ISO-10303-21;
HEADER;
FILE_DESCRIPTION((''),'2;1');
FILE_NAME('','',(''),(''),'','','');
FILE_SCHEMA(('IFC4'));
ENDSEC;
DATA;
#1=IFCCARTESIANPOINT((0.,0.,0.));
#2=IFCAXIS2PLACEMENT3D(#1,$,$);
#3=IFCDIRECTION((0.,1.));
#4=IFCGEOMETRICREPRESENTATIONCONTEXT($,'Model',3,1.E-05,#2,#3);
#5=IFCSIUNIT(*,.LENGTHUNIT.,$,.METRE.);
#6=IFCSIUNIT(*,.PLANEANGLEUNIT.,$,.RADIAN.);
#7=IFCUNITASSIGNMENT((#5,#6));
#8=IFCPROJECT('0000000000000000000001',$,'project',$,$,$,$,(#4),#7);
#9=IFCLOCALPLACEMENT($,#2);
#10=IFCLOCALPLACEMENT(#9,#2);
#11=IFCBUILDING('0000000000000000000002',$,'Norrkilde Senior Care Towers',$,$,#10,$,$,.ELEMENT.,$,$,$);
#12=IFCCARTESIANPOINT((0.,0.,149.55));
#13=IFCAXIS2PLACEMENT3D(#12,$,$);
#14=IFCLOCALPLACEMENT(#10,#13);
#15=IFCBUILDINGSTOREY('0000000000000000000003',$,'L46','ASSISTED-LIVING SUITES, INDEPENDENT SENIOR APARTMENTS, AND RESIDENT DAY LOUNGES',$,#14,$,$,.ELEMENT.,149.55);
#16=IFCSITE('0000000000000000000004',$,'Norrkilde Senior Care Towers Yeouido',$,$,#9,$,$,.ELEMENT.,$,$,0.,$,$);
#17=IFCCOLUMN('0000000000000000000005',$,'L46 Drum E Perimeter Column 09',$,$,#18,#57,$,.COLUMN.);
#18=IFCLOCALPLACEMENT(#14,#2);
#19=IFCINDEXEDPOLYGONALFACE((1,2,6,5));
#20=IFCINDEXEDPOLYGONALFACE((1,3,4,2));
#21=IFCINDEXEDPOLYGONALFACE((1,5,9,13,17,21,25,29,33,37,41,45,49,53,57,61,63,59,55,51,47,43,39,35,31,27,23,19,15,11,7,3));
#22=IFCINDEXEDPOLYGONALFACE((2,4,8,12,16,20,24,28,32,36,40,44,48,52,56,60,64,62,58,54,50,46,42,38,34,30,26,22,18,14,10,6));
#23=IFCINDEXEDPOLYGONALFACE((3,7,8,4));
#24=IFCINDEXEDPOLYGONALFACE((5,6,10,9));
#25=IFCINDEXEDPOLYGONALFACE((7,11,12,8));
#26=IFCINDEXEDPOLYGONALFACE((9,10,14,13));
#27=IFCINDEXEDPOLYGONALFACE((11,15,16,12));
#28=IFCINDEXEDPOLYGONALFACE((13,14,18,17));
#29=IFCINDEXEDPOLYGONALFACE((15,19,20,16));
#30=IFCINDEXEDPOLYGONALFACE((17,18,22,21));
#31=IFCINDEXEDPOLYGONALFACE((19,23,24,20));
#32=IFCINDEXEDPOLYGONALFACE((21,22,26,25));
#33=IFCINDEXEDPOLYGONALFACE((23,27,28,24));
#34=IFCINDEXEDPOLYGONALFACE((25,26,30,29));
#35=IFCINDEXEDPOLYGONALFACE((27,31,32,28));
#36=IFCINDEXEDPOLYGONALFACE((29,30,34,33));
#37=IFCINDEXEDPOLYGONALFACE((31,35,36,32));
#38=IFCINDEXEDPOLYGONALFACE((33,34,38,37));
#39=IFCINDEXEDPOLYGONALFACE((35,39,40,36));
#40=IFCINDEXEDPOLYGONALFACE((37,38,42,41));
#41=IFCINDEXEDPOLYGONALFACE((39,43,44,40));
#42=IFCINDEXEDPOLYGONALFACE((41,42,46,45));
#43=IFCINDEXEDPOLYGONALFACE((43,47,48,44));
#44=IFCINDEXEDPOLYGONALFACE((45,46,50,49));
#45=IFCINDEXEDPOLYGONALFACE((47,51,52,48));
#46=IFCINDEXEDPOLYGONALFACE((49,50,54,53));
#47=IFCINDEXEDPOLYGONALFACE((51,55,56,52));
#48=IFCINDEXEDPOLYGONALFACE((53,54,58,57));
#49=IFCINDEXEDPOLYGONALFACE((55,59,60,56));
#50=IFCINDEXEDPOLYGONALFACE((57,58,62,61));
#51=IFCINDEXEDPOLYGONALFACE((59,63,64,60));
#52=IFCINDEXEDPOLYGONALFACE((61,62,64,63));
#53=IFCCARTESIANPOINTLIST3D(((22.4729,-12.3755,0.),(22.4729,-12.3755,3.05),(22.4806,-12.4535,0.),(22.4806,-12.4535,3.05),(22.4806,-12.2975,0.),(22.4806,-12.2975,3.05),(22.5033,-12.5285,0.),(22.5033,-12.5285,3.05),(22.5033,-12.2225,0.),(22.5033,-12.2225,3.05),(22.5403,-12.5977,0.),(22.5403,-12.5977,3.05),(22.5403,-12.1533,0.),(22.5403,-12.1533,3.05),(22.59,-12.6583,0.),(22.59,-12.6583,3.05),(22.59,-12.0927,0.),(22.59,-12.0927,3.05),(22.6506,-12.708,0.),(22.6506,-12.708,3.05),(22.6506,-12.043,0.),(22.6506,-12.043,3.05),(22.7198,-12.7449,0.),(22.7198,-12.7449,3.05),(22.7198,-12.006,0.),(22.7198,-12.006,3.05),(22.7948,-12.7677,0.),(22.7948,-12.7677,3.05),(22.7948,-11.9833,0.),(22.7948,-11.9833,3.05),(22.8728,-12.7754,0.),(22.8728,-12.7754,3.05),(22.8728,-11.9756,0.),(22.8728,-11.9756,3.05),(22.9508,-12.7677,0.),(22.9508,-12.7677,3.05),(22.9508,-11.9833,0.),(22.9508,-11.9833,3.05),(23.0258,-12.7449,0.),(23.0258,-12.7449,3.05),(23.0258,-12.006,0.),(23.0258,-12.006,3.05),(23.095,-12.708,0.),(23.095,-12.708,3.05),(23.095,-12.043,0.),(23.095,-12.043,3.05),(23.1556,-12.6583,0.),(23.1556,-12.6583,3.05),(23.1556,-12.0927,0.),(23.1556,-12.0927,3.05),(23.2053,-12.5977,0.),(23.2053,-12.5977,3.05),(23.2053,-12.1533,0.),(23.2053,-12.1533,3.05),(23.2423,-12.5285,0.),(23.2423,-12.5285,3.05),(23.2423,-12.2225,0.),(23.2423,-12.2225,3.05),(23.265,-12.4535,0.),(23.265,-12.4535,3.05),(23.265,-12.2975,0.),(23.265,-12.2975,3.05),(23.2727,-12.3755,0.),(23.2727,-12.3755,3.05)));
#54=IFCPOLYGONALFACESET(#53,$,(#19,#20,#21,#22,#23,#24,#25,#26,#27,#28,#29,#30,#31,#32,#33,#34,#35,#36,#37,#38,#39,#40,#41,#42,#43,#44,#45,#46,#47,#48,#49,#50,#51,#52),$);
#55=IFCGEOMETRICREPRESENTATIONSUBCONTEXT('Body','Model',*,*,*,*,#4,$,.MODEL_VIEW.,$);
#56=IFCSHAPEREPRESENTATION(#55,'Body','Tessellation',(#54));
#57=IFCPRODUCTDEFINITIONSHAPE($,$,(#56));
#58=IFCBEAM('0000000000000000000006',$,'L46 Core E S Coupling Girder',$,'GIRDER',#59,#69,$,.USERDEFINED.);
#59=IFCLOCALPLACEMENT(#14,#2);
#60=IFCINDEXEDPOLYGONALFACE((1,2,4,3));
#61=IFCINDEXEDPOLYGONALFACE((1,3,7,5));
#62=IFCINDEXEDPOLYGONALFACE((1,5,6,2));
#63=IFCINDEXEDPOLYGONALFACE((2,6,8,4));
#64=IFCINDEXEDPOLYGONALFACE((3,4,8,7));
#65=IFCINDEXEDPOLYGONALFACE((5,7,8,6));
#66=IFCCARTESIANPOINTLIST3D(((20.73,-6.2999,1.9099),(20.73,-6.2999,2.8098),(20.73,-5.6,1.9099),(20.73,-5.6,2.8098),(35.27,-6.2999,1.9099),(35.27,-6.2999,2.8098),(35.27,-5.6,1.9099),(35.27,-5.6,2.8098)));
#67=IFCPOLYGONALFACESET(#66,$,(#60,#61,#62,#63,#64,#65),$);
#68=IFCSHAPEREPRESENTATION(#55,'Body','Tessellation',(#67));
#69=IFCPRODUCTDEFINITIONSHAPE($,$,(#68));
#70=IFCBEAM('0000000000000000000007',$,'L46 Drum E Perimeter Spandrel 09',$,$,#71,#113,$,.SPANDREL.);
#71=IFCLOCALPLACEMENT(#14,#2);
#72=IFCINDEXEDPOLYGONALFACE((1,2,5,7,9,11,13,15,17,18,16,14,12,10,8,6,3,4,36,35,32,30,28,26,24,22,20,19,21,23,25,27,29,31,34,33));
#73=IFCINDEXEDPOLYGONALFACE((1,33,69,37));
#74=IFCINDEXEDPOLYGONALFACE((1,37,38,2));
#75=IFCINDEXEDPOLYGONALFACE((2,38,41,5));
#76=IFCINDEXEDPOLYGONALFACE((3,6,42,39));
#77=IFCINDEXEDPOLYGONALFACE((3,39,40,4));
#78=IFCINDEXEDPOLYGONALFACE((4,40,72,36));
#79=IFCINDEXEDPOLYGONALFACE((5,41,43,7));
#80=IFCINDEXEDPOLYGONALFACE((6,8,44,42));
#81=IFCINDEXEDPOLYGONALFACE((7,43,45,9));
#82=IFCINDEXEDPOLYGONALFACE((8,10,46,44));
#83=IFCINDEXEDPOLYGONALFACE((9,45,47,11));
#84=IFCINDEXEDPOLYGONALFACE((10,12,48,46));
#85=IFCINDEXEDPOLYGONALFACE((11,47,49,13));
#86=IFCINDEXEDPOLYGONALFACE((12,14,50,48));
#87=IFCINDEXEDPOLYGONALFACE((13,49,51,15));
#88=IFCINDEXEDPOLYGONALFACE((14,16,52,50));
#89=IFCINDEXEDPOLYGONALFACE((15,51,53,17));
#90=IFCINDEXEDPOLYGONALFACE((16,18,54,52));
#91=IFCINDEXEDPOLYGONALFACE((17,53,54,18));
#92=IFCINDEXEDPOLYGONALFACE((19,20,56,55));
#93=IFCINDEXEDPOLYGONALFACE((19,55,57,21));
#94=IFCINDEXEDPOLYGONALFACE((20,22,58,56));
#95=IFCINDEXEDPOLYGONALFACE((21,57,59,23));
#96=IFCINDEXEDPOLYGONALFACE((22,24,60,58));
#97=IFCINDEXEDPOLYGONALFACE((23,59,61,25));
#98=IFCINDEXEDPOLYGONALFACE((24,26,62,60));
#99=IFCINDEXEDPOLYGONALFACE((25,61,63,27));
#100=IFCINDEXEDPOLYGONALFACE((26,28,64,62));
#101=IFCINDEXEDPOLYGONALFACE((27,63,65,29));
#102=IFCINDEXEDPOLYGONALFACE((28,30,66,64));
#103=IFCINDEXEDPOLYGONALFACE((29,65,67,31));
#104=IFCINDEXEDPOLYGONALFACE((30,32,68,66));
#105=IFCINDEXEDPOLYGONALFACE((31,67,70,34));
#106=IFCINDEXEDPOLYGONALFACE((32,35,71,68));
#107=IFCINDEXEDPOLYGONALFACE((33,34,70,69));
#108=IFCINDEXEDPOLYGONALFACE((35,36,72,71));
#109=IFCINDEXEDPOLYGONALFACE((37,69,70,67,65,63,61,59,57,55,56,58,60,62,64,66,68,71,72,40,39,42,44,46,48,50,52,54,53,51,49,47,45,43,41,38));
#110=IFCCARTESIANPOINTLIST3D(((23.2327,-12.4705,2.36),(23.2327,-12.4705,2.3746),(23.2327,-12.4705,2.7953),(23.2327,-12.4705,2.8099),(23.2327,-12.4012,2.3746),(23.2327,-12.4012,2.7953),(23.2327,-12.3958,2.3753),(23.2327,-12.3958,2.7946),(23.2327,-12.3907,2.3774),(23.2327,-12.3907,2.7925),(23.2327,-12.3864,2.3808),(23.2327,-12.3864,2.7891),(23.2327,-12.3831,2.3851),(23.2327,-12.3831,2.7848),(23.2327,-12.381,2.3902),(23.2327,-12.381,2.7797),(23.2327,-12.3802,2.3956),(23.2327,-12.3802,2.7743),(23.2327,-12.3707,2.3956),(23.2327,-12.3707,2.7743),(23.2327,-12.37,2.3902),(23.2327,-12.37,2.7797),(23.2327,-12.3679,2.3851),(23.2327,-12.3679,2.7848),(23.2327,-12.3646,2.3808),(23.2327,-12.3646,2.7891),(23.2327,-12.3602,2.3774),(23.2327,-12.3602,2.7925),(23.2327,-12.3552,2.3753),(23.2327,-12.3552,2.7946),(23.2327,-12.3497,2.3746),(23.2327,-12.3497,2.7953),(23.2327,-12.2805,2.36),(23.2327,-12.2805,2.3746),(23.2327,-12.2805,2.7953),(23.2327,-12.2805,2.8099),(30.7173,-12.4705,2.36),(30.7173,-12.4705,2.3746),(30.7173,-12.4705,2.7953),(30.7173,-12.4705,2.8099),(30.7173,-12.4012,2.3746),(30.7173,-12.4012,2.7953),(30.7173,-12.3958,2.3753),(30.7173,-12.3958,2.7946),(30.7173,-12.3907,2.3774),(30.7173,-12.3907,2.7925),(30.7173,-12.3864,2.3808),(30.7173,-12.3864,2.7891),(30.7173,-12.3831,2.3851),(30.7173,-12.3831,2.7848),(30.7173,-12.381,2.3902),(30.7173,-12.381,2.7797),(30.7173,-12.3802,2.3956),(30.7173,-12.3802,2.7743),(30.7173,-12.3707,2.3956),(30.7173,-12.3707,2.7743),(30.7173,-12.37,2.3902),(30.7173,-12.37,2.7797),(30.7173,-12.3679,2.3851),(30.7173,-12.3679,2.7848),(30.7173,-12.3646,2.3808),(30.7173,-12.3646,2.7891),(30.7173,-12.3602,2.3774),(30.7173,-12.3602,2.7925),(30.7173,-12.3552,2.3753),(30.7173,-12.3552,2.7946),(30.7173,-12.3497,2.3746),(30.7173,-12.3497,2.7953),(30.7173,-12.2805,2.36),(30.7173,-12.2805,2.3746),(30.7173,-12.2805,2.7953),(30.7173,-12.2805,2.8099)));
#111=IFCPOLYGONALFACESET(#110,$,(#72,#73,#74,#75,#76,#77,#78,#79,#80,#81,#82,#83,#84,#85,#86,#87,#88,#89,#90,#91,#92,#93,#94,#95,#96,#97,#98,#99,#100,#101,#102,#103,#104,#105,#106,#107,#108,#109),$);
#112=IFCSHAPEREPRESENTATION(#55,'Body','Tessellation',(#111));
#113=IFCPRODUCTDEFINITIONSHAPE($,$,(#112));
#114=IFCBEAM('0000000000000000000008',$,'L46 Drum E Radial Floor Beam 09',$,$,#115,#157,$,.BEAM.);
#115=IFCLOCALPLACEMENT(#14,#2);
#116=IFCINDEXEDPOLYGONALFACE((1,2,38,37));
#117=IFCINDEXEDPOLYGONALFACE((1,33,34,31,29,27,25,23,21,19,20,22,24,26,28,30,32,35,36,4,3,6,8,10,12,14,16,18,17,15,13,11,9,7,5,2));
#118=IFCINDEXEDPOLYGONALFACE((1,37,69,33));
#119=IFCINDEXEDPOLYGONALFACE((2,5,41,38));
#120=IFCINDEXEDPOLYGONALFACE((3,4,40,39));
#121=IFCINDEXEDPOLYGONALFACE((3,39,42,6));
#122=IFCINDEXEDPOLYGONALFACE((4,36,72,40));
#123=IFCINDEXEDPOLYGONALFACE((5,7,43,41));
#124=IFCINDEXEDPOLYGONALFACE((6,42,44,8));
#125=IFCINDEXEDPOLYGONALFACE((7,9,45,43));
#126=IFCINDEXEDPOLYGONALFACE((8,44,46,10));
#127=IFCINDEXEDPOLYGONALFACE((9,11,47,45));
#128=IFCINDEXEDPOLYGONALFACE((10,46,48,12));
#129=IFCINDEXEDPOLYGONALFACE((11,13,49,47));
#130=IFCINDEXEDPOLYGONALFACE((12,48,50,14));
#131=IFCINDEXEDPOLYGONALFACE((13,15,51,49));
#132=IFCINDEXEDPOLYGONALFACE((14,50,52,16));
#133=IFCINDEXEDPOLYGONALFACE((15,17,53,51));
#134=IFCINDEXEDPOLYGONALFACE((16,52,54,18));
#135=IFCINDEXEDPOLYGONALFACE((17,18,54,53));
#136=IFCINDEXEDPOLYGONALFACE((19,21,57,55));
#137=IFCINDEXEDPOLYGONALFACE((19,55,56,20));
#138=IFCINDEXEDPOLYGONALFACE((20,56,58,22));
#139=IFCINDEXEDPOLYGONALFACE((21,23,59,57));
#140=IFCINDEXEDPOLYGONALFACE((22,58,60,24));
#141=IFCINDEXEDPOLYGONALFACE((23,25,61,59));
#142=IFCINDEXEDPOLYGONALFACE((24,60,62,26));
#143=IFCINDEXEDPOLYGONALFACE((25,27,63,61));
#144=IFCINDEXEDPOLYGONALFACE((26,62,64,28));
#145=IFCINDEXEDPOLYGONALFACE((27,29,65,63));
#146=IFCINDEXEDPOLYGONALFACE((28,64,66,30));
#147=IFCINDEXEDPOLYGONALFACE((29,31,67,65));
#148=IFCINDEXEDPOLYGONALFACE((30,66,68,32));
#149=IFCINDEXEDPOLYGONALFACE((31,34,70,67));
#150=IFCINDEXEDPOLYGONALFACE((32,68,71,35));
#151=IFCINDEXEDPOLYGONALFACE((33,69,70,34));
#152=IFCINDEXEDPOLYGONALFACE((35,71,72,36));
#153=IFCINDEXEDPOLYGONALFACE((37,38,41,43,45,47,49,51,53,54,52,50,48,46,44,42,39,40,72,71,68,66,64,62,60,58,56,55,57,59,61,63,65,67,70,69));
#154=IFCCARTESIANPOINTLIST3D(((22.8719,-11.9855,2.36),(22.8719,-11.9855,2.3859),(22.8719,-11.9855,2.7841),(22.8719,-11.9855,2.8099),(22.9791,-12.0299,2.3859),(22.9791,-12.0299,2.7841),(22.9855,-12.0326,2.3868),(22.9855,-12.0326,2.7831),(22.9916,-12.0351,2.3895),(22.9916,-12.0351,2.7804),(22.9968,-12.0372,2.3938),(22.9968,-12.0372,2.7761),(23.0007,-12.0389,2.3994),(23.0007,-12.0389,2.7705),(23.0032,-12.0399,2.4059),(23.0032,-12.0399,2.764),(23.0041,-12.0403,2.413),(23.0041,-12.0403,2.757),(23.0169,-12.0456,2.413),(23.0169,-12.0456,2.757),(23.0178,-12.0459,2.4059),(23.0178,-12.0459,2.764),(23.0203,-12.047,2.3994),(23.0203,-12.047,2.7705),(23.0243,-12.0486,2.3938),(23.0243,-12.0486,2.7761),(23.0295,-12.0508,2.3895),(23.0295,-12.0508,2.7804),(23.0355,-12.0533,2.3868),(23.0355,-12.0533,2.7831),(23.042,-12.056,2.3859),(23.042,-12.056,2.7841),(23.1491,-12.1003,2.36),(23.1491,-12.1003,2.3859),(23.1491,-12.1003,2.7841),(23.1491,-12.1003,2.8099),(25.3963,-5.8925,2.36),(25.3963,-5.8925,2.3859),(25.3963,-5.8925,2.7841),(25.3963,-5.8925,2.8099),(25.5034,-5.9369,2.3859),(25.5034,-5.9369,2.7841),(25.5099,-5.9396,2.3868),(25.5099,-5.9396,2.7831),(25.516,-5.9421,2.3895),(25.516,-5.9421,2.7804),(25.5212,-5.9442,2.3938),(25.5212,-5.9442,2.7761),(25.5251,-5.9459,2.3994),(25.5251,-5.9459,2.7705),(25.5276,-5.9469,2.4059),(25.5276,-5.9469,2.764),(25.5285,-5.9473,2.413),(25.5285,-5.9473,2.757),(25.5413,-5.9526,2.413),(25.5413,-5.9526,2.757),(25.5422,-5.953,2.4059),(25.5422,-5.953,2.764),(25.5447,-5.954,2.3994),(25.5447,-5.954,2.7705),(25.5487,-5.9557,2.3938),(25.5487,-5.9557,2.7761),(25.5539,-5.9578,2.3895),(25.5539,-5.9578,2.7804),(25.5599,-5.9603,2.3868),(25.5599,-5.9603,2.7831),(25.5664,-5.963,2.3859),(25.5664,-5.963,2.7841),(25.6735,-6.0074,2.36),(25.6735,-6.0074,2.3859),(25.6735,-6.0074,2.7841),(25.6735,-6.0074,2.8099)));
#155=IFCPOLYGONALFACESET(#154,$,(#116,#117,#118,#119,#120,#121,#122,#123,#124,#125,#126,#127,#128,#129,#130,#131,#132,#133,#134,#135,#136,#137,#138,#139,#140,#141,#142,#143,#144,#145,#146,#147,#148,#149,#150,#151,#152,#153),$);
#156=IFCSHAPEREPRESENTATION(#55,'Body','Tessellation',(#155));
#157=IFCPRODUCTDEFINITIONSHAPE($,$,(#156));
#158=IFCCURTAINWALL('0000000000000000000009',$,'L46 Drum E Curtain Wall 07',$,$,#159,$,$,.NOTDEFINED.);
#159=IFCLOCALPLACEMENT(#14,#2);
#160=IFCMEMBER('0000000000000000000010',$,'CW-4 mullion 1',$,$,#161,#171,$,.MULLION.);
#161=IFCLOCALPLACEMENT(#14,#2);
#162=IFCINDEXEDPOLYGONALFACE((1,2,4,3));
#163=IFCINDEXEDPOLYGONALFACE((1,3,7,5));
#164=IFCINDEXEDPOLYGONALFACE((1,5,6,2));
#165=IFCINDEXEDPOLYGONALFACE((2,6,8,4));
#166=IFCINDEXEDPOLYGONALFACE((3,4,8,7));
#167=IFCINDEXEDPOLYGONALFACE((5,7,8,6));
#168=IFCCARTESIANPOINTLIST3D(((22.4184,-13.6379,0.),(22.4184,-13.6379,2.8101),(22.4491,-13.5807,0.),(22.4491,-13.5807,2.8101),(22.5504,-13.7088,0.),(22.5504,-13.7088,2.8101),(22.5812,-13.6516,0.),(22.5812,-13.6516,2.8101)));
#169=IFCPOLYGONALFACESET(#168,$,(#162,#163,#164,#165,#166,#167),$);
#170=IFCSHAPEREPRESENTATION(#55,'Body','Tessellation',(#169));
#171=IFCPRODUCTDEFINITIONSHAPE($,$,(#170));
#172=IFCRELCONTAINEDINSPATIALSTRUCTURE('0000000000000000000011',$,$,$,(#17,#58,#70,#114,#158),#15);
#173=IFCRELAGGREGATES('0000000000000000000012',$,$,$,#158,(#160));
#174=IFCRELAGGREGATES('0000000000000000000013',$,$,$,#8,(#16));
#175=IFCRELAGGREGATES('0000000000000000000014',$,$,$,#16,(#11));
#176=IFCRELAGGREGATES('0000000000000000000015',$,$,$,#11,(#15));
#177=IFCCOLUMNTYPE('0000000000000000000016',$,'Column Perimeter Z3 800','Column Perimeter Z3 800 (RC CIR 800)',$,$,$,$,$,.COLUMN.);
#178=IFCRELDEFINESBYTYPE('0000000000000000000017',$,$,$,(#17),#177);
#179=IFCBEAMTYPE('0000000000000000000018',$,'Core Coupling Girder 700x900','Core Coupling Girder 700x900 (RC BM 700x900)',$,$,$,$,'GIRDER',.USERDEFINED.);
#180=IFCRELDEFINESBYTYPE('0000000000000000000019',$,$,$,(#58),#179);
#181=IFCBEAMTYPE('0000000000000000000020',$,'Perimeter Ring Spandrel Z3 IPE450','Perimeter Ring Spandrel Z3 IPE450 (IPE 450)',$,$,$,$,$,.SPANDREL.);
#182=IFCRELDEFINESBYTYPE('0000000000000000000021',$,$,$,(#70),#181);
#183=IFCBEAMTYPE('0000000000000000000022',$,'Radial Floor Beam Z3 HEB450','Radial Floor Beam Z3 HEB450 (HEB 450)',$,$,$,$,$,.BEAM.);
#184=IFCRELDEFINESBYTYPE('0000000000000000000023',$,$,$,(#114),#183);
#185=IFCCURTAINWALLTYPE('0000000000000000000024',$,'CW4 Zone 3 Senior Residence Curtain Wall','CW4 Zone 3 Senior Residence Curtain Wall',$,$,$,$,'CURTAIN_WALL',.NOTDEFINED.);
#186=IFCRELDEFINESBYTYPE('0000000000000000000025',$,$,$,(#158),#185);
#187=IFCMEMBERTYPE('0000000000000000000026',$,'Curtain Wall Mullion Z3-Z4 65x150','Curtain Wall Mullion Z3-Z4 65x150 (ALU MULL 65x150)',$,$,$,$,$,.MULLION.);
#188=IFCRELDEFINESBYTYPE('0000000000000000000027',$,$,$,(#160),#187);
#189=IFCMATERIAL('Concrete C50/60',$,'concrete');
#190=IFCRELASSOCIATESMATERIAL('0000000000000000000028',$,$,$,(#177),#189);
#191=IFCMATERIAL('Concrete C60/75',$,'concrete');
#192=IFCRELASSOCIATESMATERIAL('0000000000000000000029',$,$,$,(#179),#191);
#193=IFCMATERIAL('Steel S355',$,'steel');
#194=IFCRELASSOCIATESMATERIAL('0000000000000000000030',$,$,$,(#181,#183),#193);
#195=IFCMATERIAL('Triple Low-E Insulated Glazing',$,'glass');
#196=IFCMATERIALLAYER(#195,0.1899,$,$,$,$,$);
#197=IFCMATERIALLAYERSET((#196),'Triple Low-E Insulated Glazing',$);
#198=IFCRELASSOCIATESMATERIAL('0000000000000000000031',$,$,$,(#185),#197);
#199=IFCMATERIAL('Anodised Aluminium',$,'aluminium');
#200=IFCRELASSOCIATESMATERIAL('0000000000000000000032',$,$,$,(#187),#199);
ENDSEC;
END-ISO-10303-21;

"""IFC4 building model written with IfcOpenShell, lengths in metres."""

from ifc_helpers import new_model, si_unit, direction, frame, origin, origin_2d, place, context, subcontext, project, spatial, rectangle, circle, i_section, extrude, source, transform, mapped, material, layer, layer_set, material_profile, profile_set, type_object, type_shapes, element, aggregate, save


model = new_model("IFC4")

# Units and contexts
model_context = context("Model", 3, precision=1e-05, world=origin(), true_north=direction((0.0, 1.0)))
body_context = subcontext(model_context, "Body", "Model", "MODEL_VIEW")
ifc_project = project(units=[si_unit("LENGTHUNIT", "METRE"), si_unit("PLANEANGLEUNIT", "RADIAN")], contexts=[model_context])

# Site, building, storey
site_placement = place(None, origin())
site = spatial("IfcSite", under=ifc_project, at=site_placement, Name="Norrkilde Senior Care Towers Yeouido", CompositionType="ELEMENT", RefElevation=0.0)
building_placement = place(site_placement, origin())
building = spatial("IfcBuilding", under=site, at=building_placement, Name="Norrkilde Senior Care Towers", CompositionType="ELEMENT")
storey_placement = place(building_placement, frame((0.0, 0.0, 149.55)))
storey = spatial("IfcBuildingStorey", under=building, at=storey_placement, Name="L46", Description="ASSISTED-LIVING SUITES, INDEPENDENT SENIOR APARTMENTS, AND RESIDENT DAY LOUNGES", CompositionType="ELEMENT", Elevation=149.55)

# Column
ifc_material_1 = material(Name="Concrete C50/60", Category="concrete")
ifc_material_profile_1 = material_profile(ifc_material_1, circle(Radius=0.3999, at=origin_2d()), Name="RC CIR 800")
ifc_profile_set_1 = profile_set([ifc_material_profile_1], Name="Concrete C50/60")
column_type = type_object("IfcColumnType", Name="Column Perimeter Z3 800", Description="Column Perimeter Z3 800 (RC CIR 800)", PredefinedType="COLUMN", material=ifc_profile_set_1)
shared_shape_1 = source(origin(), body_context, "Body", "SweptSolid", [
    extrude(circle(Radius=0.3999, at=origin_2d()), origin(), (0.0, 0.0, 1.0), 3.05),
])
type_shapes(column_type, [shared_shape_1])
column_placement = place(storey_placement, frame((22.8728, -12.3755, 0.0), z_axis=(0.0, 0.0, 1.0), x_axis=(1.0, 0.0, 0.0)))
element("IfcColumn", 1, at=column_placement, inside=storey, type_object=column_type, Name="L46 Drum E Perimeter Column 09", PredefinedType="COLUMN", context=body_context, shape_type="MappedRepresentation", body=[
    mapped(shared_shape_1, transform((0.0, 0.0, 0.0), x_axis=(1.0, 0.0, 0.0), y_axis=(0.0, 1.0, 0.0), z_axis=(0.0, 0.0, 1.0), scale=1.0)),
])

# Beams
ifc_material_2 = material(Name="Concrete C60/75", Category="concrete")
ifc_material_profile_2 = material_profile(ifc_material_2, rectangle(XDim=0.7, YDim=0.8999, at=origin_2d()), Name="RC BM 700x900")
ifc_profile_set_2 = profile_set([ifc_material_profile_2], Name="Concrete C60/75")
beam_type_1 = type_object("IfcBeamType", Name="Core Coupling Girder 700x900", Description="Core Coupling Girder 700x900 (RC BM 700x900)", ElementType="GIRDER", PredefinedType="USERDEFINED", material=ifc_profile_set_2)
shared_shape_2 = source(origin(), body_context, "Body", "SweptSolid", [
    extrude(rectangle(XDim=0.7, YDim=0.8999, at=origin_2d()), origin(), (0.0, 0.0, 1.0), 14.54),
])
type_shapes(beam_type_1, [shared_shape_2])
beam_1_placement = place(storey_placement, frame((20.73, -5.95, 2.3599), z_axis=(1.0, 0.0, 0.0), x_axis=(0.0, 1.0, 0.0)))
element("IfcBeam", 2, at=beam_1_placement, inside=storey, type_object=beam_type_1, Name="L46 Core E S Coupling Girder", ObjectType="GIRDER", PredefinedType="USERDEFINED", context=body_context, shape_type="MappedRepresentation", body=[
    mapped(shared_shape_2, transform((0.0, 0.0, 0.0), x_axis=(1.0, 0.0, 0.0), y_axis=(0.0, 1.0, 0.0), z_axis=(0.0, 0.0, 1.0), scale=1.0)),
])
ifc_material_3 = material(Name="Steel S355", Category="steel")
ifc_material_profile_3 = material_profile(ifc_material_3, i_section(OverallWidth=0.1899, OverallDepth=0.45, WebThickness=0.0095, FlangeThickness=0.0146, FilletRadius=0.021, at=origin_2d()), Name="IPE 450")
ifc_profile_set_3 = profile_set([ifc_material_profile_3], Name="Steel S355")
beam_type_2 = type_object("IfcBeamType", Name="Perimeter Ring Spandrel Z3 IPE450", Description="Perimeter Ring Spandrel Z3 IPE450 (IPE 450)", PredefinedType="SPANDREL", material=ifc_profile_set_3)
shared_shape_3 = source(origin(), body_context, "Body", "SweptSolid", [
    extrude(i_section(OverallWidth=0.1899, OverallDepth=0.45, WebThickness=0.0095, FlangeThickness=0.0146, FilletRadius=0.021, at=origin_2d()), origin(), (0.0, 0.0, 1.0), 7.4846),
])
type_shapes(beam_type_2, [shared_shape_3])
beam_2_placement = place(storey_placement, frame((23.2327, -12.3755, 2.585), z_axis=(1.0, 0.0, 0.0), x_axis=(0.0, 1.0, 0.0)))
element("IfcBeam", 3, at=beam_2_placement, inside=storey, type_object=beam_type_2, Name="L46 Drum E Perimeter Spandrel 09", PredefinedType="SPANDREL", context=body_context, shape_type="MappedRepresentation", body=[
    mapped(shared_shape_3, transform((0.0, 0.0, 0.0), x_axis=(1.0, 0.0, 0.0), y_axis=(0.0, 1.0, 0.0), z_axis=(0.0, 0.0, 1.0), scale=1.0)),
])
ifc_material_profile_4 = material_profile(ifc_material_3, i_section(OverallWidth=0.3, OverallDepth=0.45, WebThickness=0.0139, FlangeThickness=0.0259, FilletRadius=0.0271, at=origin_2d()), Name="HEB 450")
ifc_profile_set_4 = profile_set([ifc_material_profile_4], Name="Steel S355")
beam_type_3 = type_object("IfcBeamType", Name="Radial Floor Beam Z3 HEB450", Description="Radial Floor Beam Z3 HEB450 (HEB 450)", PredefinedType="BEAM", material=ifc_profile_set_4)
shared_shape_4 = source(origin(), body_context, "Body", "SweptSolid", [
    extrude(i_section(OverallWidth=0.3, OverallDepth=0.45, WebThickness=0.0139, FlangeThickness=0.0259, FilletRadius=0.0271, at=origin_2d()), origin(), (0.0, 0.0, 1.0), 6.5952),
])
type_shapes(beam_type_3, [shared_shape_4])
beam_3_placement = place(storey_placement, frame((25.5349, -5.95, 2.585), z_axis=(-0.382762, -0.923847, 0.0), x_axis=(0.923847, -0.382762, 0.0)))
element("IfcBeam", 4, at=beam_3_placement, inside=storey, type_object=beam_type_3, Name="L46 Drum E Radial Floor Beam 09", PredefinedType="BEAM", context=body_context, shape_type="MappedRepresentation", body=[
    mapped(shared_shape_4, transform((0.0, 0.0, 0.0), x_axis=(1.0, 0.0, 0.0), y_axis=(0.0, 1.0, 0.0), z_axis=(0.0, 0.0, 1.0), scale=1.0)),
])

# Curtain wall, member
ifc_material_4 = material(Name="Triple Low-E Insulated Glazing", Category="glass")
ifc_layer_1 = layer(ifc_material_4, 0.1899)
ifc_layer_set_1 = layer_set([ifc_layer_1], Name="Triple Low-E Insulated Glazing")
curtain_wall_type = type_object("IfcCurtainWallType", Name="CW4 Zone 3 Senior Residence Curtain Wall", Description="CW4 Zone 3 Senior Residence Curtain Wall", ElementType="CURTAIN_WALL", PredefinedType="NOTDEFINED", material=ifc_layer_set_1)
curtain_wall_1_placement = place(storey_placement, origin())
curtain_wall_1 = element("IfcCurtainWall", 5, at=curtain_wall_1_placement, inside=storey, type_object=curtain_wall_type, Name="L46 Drum E Curtain Wall 07", PredefinedType="NOTDEFINED")
ifc_material_5 = material(Name="Anodised Aluminium", Category="aluminium")
ifc_material_profile_5 = material_profile(ifc_material_5, rectangle(XDim=0.0649, YDim=0.1499, at=origin_2d()), Name="ALU MULL 65x150")
ifc_profile_set_5 = profile_set([ifc_material_profile_5], Name="Anodised Aluminium")
member_type_1 = type_object("IfcMemberType", Name="Curtain Wall Mullion Z3-Z4 65x150", Description="Curtain Wall Mullion Z3-Z4 65x150 (ALU MULL 65x150)", PredefinedType="MULLION", material=ifc_profile_set_5)
shared_shape_5 = source(origin(), body_context, "Body", "SweptSolid", [
    extrude(rectangle(XDim=0.0649, YDim=0.1499, at=origin_2d()), origin(), (0.0, 0.0, 1.0), 2.8101),
])
type_shapes(member_type_1, [shared_shape_5])
member_1_placement = place(storey_placement, frame((22.4998, -13.6448, 0.0), z_axis=(0.0, 0.0, 1.0), x_axis=(-0.473117, -0.881, 0.0)))
member_1 = element("IfcMember", 6, at=member_1_placement, type_object=member_type_1, Name="CW-4 mullion 1", PredefinedType="MULLION", context=body_context, shape_type="MappedRepresentation", body=[
    mapped(shared_shape_5, transform((0.0, 0.0, 0.0), x_axis=(1.0, 0.0, 0.0), y_axis=(0.0, 1.0, 0.0), z_axis=(0.0, 0.0, 1.0), scale=1.0)),
])

aggregate(curtain_wall_1, [member_1])

save(model, "model.ifc")
